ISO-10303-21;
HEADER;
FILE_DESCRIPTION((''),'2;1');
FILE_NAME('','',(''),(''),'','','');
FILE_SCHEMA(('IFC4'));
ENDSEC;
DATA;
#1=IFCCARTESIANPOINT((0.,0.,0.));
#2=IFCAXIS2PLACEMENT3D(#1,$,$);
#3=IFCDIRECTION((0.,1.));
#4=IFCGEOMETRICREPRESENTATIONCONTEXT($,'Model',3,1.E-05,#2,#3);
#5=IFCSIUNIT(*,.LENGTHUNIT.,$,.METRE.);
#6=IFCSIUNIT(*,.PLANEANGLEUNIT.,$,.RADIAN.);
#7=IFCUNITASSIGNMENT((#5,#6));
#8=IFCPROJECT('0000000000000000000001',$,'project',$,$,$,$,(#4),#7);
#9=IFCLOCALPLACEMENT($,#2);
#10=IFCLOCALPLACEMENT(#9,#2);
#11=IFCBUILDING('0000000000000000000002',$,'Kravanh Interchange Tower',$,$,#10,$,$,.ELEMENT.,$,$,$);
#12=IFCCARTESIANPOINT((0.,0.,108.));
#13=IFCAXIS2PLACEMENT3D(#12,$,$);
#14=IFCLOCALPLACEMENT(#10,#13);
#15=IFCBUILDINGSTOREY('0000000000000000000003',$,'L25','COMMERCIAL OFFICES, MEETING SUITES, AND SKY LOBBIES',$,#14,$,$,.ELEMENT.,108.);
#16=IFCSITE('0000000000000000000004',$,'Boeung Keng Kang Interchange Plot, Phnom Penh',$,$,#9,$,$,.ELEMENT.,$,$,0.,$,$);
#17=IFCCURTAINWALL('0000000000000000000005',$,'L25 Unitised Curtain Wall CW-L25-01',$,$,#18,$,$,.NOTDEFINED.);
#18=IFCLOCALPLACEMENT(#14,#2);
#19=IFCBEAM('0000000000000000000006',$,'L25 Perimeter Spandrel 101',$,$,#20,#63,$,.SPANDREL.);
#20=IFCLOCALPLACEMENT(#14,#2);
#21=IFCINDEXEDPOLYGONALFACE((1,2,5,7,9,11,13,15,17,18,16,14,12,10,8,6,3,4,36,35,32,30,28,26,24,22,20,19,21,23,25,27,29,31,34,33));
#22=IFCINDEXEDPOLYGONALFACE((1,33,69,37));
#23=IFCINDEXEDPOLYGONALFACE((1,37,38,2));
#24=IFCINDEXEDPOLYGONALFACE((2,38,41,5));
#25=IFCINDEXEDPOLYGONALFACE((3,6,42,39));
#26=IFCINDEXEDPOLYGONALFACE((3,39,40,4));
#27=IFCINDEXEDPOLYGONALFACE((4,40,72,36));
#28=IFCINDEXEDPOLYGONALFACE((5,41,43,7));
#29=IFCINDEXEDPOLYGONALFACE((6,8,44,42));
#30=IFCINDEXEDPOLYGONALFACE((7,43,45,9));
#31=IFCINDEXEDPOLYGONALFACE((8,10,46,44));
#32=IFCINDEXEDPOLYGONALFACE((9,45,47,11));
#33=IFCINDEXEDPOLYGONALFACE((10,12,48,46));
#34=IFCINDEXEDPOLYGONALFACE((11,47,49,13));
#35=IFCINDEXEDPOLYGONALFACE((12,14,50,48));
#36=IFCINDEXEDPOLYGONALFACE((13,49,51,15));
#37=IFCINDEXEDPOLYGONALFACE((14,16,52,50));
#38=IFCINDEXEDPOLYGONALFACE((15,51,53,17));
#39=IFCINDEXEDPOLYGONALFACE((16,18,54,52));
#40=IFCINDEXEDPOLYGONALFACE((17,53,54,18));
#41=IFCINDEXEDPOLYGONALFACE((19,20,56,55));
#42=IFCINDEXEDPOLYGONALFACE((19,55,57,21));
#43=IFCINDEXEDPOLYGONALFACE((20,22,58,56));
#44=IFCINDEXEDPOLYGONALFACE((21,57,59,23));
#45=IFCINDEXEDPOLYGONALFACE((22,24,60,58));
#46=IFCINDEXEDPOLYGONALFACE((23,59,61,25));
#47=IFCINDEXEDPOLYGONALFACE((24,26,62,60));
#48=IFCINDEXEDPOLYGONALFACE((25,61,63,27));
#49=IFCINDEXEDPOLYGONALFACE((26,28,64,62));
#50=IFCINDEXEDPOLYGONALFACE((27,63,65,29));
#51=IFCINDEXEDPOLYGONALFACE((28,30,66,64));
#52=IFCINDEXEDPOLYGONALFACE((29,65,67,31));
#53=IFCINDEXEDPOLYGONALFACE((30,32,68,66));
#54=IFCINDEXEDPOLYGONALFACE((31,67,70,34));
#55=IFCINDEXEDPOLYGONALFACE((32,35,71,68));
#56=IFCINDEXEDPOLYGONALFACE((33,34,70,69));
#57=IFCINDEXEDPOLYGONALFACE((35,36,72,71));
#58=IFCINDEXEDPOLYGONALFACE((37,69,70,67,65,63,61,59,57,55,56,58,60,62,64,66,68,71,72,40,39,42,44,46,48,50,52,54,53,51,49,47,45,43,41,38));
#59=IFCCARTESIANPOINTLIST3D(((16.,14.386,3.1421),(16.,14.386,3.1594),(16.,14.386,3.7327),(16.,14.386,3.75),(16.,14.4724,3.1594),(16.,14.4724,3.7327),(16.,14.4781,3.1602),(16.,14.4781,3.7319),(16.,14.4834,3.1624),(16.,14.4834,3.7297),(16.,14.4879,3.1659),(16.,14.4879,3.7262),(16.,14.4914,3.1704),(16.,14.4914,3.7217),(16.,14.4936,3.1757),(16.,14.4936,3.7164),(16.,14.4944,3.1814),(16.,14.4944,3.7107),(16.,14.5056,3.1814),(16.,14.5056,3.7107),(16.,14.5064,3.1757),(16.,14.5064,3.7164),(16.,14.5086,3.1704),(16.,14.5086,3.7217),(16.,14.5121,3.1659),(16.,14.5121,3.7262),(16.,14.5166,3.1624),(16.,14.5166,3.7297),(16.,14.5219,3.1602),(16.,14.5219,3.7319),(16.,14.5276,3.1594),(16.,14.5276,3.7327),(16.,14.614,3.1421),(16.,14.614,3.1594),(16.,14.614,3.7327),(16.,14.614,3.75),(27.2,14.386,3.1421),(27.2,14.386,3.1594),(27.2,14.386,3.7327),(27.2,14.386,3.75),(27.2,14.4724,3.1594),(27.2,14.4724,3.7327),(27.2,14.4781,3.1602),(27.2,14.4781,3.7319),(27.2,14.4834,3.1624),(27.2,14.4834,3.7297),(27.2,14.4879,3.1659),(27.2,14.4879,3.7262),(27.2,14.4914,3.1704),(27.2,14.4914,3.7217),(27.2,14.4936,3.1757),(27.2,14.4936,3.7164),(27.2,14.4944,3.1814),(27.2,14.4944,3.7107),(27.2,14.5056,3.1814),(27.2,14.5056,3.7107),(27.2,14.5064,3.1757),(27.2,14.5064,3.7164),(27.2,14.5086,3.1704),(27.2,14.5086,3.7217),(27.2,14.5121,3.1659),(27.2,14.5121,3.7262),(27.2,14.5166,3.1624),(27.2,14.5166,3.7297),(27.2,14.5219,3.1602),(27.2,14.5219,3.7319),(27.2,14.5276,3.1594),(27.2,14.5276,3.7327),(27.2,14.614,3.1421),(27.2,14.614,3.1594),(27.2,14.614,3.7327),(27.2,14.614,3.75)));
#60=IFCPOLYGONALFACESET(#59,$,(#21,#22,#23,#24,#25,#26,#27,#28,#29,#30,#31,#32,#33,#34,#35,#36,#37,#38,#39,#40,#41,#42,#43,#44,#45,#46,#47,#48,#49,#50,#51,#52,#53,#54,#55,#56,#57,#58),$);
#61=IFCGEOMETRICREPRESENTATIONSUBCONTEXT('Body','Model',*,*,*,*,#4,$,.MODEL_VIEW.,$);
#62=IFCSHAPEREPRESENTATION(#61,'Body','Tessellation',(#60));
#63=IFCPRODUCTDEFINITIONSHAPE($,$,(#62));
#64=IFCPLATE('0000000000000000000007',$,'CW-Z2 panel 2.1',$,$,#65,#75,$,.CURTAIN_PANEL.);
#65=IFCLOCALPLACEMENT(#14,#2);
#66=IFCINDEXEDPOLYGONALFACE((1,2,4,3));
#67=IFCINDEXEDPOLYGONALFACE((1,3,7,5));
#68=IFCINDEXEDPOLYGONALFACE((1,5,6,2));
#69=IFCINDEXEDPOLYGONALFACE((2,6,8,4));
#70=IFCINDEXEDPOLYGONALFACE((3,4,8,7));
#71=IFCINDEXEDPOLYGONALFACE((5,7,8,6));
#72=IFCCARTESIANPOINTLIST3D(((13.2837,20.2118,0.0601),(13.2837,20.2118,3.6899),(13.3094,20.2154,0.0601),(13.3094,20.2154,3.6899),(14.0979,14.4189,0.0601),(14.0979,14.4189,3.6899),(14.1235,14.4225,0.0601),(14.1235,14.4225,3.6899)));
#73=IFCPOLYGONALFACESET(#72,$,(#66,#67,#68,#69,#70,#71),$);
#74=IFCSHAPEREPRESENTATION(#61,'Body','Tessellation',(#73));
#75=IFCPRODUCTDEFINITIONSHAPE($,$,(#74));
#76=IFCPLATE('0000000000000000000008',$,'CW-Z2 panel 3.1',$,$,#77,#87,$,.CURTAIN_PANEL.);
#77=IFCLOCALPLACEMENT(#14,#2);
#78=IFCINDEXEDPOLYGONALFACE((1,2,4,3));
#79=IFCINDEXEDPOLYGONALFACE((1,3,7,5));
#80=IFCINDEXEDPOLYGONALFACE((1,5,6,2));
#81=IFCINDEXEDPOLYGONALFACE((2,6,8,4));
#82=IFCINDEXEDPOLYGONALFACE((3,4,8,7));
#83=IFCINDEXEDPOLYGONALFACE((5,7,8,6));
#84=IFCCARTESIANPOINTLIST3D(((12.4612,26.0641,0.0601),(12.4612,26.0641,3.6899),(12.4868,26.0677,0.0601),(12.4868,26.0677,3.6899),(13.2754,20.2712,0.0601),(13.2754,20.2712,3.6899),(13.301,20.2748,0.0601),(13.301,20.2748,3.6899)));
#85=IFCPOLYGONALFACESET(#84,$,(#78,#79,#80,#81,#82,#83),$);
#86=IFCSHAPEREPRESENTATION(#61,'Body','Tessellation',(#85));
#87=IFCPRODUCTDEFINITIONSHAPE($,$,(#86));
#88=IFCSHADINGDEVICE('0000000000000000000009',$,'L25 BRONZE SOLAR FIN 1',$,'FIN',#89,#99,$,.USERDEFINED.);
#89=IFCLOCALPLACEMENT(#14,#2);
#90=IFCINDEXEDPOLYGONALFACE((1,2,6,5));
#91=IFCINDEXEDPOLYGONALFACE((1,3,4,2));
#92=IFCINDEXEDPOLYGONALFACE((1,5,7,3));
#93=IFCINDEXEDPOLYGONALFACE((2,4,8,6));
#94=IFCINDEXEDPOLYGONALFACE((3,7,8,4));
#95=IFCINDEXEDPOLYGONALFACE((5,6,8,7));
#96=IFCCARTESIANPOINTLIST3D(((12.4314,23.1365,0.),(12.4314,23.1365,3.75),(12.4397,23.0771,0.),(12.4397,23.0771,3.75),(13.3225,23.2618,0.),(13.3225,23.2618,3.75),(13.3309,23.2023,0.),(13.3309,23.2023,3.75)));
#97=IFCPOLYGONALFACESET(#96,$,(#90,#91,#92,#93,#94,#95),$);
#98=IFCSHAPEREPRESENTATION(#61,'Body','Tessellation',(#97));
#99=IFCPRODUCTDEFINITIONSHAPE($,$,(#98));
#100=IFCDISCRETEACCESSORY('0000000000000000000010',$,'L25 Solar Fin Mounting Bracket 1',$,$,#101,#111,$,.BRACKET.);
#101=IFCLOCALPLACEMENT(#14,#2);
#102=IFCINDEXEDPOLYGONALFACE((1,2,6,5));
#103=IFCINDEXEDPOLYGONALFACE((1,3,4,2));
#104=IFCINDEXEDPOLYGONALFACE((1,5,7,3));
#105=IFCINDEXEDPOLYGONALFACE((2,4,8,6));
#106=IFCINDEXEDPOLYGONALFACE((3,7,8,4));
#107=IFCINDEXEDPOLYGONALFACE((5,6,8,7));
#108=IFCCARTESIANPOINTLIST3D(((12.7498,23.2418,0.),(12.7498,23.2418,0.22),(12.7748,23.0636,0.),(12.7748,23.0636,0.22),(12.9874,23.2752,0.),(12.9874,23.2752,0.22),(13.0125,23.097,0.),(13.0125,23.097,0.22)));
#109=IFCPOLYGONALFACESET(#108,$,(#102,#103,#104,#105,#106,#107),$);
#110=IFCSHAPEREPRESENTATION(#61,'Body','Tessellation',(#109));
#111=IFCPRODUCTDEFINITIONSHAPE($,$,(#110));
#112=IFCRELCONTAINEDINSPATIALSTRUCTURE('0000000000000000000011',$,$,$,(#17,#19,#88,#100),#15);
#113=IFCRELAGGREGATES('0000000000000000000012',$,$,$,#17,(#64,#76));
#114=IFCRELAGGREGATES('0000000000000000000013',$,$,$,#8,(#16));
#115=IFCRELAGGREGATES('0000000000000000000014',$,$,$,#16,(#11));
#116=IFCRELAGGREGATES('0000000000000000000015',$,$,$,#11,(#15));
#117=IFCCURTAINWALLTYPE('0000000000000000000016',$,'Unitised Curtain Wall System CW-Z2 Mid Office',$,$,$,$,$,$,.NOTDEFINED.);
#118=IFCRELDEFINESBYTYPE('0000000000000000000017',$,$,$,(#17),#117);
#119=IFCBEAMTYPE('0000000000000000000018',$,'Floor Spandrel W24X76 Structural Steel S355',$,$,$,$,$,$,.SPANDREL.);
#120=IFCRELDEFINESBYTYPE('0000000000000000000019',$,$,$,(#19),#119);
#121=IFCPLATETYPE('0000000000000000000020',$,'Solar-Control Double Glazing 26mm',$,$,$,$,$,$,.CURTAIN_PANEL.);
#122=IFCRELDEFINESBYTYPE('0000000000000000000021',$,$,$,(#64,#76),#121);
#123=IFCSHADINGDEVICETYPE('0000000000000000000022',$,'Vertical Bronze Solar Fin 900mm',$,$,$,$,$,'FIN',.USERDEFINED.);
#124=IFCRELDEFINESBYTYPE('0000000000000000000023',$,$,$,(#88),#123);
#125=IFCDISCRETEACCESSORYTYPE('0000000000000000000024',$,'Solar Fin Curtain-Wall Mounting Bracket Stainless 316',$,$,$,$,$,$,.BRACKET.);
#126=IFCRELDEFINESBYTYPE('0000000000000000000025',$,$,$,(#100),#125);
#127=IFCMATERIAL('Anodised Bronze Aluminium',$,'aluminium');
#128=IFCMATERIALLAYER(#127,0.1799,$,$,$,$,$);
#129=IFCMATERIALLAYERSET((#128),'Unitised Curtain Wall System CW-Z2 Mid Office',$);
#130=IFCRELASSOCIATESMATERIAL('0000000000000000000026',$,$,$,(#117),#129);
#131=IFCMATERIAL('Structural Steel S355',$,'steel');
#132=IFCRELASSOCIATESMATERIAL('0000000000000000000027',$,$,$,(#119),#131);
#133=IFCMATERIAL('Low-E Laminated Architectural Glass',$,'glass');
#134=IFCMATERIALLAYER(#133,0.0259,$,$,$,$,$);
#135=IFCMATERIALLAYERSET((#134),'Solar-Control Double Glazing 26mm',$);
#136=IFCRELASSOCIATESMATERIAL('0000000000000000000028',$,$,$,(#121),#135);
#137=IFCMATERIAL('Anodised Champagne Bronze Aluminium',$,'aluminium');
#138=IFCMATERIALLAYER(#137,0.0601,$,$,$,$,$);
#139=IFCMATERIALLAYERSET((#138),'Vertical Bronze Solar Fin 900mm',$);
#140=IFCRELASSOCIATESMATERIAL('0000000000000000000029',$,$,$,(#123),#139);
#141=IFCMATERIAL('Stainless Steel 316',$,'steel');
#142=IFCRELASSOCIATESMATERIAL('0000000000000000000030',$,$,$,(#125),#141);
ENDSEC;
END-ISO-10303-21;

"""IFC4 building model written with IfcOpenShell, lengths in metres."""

from ifc_helpers import new_model, si_unit, direction, frame, origin, origin_2d, place, context, subcontext, project, spatial, rectangle, i_section, extrude, material, layer, layer_set, material_profile, profile_set, type_object, element, aggregate, save


model = new_model("IFC4")

# Units and contexts
model_context = context("Model", 3, precision=1e-05, world=origin(), true_north=direction((0.0, 1.0)))
body_context = subcontext(model_context, "Body", "Model", "MODEL_VIEW")
ifc_project = project(units=[si_unit("LENGTHUNIT", "METRE"), si_unit("PLANEANGLEUNIT", "RADIAN")], contexts=[model_context])

# Site, building, storey
site_placement = place(None, origin())
site = spatial("IfcSite", under=ifc_project, at=site_placement, Name="Boeung Keng Kang Interchange Plot, Phnom Penh", CompositionType="ELEMENT", RefElevation=0.0)
building_placement = place(site_placement, origin())
building = spatial("IfcBuilding", under=site, at=building_placement, Name="Kravanh Interchange Tower", CompositionType="ELEMENT")
storey_placement = place(building_placement, frame((0.0, 0.0, 108.0)))
storey = spatial("IfcBuildingStorey", under=building, at=storey_placement, Name="L25", Description="COMMERCIAL OFFICES, MEETING SUITES, AND SKY LOBBIES", CompositionType="ELEMENT", Elevation=108.0)

# Curtain wall
ifc_material_1 = material(Name="Anodised Bronze Aluminium", Category="aluminium")
ifc_layer_1 = layer(ifc_material_1, 0.1799)
ifc_layer_set_1 = layer_set([ifc_layer_1], Name="Unitised Curtain Wall System CW-Z2 Mid Office")
curtain_wall_type = type_object("IfcCurtainWallType", Name="Unitised Curtain Wall System CW-Z2 Mid Office", PredefinedType="NOTDEFINED", material=ifc_layer_set_1)
curtain_wall_placement = place(storey_placement, origin())
curtain_wall = element("IfcCurtainWall", 1, at=curtain_wall_placement, inside=storey, type_object=curtain_wall_type, Name="L25 Unitised Curtain Wall CW-L25-01", PredefinedType="NOTDEFINED")

# Beam
ifc_material_2 = material(Name="Structural Steel S355", Category="steel")
ifc_material_profile_1 = material_profile(ifc_material_2, i_section(OverallWidth=0.228, OverallDepth=0.6079, WebThickness=0.0112, FlangeThickness=0.0173, FilletRadius=0.022, at=origin_2d()), Name="W24X76")
ifc_profile_set_1 = profile_set([ifc_material_profile_1], Name="Structural Steel S355")
beam_type_1 = type_object("IfcBeamType", Name="Floor Spandrel W24X76 Structural Steel S355", PredefinedType="SPANDREL", material=ifc_profile_set_1)
beam_1_placement = place(storey_placement, frame((16.0, 14.5, 3.446), z_axis=(1.0, 0.0, 0.0), x_axis=(0.0, 1.0, 0.0)))
element("IfcBeam", 2, at=beam_1_placement, inside=storey, type_object=beam_type_1, Name="L25 Perimeter Spandrel 101", PredefinedType="SPANDREL", context=body_context, shape_type="SweptSolid", body=[
    extrude(i_section(OverallWidth=0.228, OverallDepth=0.6079, WebThickness=0.0112, FlangeThickness=0.0173, FilletRadius=0.022, at=origin_2d()), origin(), (0.0, 0.0, 1.0), 11.2),
])

# Plates
ifc_material_3 = material(Name="Low-E Laminated Architectural Glass", Category="glass")
ifc_layer_2 = layer(ifc_material_3, 0.0259)
ifc_layer_set_2 = layer_set([ifc_layer_2], Name="Solar-Control Double Glazing 26mm")
plate_type = type_object("IfcPlateType", Name="Solar-Control Double Glazing 26mm", PredefinedType="CURTAIN_PANEL", material=ifc_layer_set_2)
plate_1_placement = place(storey_placement, frame((13.7036, 17.3171, 0.0601), z_axis=(0.0, 0.0, 1.0), x_axis=(-0.139173, 0.990268, 0.0)))
plate_1 = element("IfcPlate", 3, at=plate_1_placement, type_object=plate_type, Name="CW-Z2 panel 2.1", PredefinedType="CURTAIN_PANEL", context=body_context, shape_type="SweptSolid", body=[
    extrude(rectangle(XDim=5.8499, YDim=0.0259, at=origin_2d()), origin(), (0.0, 0.0, 1.0), 3.6299),
])
plate_2_placement = place(storey_placement, frame((12.8811, 23.1694, 0.0601), z_axis=(0.0, 0.0, 1.0), x_axis=(-0.139173, 0.990268, 0.0)))
plate_2 = element("IfcPlate", 4, at=plate_2_placement, type_object=plate_type, Name="CW-Z2 panel 3.1", PredefinedType="CURTAIN_PANEL", context=body_context, shape_type="SweptSolid", body=[
    extrude(rectangle(XDim=5.8499, YDim=0.0259, at=origin_2d()), origin(), (0.0, 0.0, 1.0), 3.6299),
])
aggregate(curtain_wall, [plate_1, plate_2])

# Shading device
ifc_material_4 = material(Name="Anodised Champagne Bronze Aluminium", Category="aluminium")
ifc_layer_3 = layer(ifc_material_4, 0.0601)
ifc_layer_set_3 = layer_set([ifc_layer_3], Name="Vertical Bronze Solar Fin 900mm")
shading_device_type = type_object("IfcShadingDeviceType", Name="Vertical Bronze Solar Fin 900mm", ElementType="FIN", PredefinedType="USERDEFINED", material=ifc_layer_set_3)
shading_device_placement = place(storey_placement, frame((12.8811, 23.1694, 0.0), z_axis=(0.0, 0.0, 1.0), x_axis=(-0.990268, -0.139173, 0.0)))
element("IfcShadingDevice", 5, at=shading_device_placement, inside=storey, type_object=shading_device_type, Name="L25 BRONZE SOLAR FIN 1", ObjectType="FIN", PredefinedType="USERDEFINED", context=body_context, shape_type="SweptSolid", body=[
    extrude(rectangle(XDim=0.8999, YDim=0.0601, at=origin_2d()), origin(), (0.0, 0.0, 1.0), 3.75),
])

# Discrete accessory
ifc_material_5 = material(Name="Stainless Steel 316", Category="steel")
discrete_accessory_type = type_object("IfcDiscreteAccessoryType", Name="Solar Fin Curtain-Wall Mounting Bracket Stainless 316", PredefinedType="BRACKET", material=ifc_material_5)
discrete_accessory_placement = place(storey_placement, frame((12.8811, 23.1694, 0.0), z_axis=(0.0, 0.0, 1.0), x_axis=(-0.990268, -0.139173, 0.0)))
element("IfcDiscreteAccessory", 6, at=discrete_accessory_placement, inside=storey, type_object=discrete_accessory_type, Name="L25 Solar Fin Mounting Bracket 1", PredefinedType="BRACKET", context=body_context, shape_type="SweptSolid", body=[
    extrude(rectangle(XDim=0.24, YDim=0.1799, at=origin_2d()), origin(), (0.0, 0.0, 1.0), 0.22),
])

save(model, "model.ifc")
